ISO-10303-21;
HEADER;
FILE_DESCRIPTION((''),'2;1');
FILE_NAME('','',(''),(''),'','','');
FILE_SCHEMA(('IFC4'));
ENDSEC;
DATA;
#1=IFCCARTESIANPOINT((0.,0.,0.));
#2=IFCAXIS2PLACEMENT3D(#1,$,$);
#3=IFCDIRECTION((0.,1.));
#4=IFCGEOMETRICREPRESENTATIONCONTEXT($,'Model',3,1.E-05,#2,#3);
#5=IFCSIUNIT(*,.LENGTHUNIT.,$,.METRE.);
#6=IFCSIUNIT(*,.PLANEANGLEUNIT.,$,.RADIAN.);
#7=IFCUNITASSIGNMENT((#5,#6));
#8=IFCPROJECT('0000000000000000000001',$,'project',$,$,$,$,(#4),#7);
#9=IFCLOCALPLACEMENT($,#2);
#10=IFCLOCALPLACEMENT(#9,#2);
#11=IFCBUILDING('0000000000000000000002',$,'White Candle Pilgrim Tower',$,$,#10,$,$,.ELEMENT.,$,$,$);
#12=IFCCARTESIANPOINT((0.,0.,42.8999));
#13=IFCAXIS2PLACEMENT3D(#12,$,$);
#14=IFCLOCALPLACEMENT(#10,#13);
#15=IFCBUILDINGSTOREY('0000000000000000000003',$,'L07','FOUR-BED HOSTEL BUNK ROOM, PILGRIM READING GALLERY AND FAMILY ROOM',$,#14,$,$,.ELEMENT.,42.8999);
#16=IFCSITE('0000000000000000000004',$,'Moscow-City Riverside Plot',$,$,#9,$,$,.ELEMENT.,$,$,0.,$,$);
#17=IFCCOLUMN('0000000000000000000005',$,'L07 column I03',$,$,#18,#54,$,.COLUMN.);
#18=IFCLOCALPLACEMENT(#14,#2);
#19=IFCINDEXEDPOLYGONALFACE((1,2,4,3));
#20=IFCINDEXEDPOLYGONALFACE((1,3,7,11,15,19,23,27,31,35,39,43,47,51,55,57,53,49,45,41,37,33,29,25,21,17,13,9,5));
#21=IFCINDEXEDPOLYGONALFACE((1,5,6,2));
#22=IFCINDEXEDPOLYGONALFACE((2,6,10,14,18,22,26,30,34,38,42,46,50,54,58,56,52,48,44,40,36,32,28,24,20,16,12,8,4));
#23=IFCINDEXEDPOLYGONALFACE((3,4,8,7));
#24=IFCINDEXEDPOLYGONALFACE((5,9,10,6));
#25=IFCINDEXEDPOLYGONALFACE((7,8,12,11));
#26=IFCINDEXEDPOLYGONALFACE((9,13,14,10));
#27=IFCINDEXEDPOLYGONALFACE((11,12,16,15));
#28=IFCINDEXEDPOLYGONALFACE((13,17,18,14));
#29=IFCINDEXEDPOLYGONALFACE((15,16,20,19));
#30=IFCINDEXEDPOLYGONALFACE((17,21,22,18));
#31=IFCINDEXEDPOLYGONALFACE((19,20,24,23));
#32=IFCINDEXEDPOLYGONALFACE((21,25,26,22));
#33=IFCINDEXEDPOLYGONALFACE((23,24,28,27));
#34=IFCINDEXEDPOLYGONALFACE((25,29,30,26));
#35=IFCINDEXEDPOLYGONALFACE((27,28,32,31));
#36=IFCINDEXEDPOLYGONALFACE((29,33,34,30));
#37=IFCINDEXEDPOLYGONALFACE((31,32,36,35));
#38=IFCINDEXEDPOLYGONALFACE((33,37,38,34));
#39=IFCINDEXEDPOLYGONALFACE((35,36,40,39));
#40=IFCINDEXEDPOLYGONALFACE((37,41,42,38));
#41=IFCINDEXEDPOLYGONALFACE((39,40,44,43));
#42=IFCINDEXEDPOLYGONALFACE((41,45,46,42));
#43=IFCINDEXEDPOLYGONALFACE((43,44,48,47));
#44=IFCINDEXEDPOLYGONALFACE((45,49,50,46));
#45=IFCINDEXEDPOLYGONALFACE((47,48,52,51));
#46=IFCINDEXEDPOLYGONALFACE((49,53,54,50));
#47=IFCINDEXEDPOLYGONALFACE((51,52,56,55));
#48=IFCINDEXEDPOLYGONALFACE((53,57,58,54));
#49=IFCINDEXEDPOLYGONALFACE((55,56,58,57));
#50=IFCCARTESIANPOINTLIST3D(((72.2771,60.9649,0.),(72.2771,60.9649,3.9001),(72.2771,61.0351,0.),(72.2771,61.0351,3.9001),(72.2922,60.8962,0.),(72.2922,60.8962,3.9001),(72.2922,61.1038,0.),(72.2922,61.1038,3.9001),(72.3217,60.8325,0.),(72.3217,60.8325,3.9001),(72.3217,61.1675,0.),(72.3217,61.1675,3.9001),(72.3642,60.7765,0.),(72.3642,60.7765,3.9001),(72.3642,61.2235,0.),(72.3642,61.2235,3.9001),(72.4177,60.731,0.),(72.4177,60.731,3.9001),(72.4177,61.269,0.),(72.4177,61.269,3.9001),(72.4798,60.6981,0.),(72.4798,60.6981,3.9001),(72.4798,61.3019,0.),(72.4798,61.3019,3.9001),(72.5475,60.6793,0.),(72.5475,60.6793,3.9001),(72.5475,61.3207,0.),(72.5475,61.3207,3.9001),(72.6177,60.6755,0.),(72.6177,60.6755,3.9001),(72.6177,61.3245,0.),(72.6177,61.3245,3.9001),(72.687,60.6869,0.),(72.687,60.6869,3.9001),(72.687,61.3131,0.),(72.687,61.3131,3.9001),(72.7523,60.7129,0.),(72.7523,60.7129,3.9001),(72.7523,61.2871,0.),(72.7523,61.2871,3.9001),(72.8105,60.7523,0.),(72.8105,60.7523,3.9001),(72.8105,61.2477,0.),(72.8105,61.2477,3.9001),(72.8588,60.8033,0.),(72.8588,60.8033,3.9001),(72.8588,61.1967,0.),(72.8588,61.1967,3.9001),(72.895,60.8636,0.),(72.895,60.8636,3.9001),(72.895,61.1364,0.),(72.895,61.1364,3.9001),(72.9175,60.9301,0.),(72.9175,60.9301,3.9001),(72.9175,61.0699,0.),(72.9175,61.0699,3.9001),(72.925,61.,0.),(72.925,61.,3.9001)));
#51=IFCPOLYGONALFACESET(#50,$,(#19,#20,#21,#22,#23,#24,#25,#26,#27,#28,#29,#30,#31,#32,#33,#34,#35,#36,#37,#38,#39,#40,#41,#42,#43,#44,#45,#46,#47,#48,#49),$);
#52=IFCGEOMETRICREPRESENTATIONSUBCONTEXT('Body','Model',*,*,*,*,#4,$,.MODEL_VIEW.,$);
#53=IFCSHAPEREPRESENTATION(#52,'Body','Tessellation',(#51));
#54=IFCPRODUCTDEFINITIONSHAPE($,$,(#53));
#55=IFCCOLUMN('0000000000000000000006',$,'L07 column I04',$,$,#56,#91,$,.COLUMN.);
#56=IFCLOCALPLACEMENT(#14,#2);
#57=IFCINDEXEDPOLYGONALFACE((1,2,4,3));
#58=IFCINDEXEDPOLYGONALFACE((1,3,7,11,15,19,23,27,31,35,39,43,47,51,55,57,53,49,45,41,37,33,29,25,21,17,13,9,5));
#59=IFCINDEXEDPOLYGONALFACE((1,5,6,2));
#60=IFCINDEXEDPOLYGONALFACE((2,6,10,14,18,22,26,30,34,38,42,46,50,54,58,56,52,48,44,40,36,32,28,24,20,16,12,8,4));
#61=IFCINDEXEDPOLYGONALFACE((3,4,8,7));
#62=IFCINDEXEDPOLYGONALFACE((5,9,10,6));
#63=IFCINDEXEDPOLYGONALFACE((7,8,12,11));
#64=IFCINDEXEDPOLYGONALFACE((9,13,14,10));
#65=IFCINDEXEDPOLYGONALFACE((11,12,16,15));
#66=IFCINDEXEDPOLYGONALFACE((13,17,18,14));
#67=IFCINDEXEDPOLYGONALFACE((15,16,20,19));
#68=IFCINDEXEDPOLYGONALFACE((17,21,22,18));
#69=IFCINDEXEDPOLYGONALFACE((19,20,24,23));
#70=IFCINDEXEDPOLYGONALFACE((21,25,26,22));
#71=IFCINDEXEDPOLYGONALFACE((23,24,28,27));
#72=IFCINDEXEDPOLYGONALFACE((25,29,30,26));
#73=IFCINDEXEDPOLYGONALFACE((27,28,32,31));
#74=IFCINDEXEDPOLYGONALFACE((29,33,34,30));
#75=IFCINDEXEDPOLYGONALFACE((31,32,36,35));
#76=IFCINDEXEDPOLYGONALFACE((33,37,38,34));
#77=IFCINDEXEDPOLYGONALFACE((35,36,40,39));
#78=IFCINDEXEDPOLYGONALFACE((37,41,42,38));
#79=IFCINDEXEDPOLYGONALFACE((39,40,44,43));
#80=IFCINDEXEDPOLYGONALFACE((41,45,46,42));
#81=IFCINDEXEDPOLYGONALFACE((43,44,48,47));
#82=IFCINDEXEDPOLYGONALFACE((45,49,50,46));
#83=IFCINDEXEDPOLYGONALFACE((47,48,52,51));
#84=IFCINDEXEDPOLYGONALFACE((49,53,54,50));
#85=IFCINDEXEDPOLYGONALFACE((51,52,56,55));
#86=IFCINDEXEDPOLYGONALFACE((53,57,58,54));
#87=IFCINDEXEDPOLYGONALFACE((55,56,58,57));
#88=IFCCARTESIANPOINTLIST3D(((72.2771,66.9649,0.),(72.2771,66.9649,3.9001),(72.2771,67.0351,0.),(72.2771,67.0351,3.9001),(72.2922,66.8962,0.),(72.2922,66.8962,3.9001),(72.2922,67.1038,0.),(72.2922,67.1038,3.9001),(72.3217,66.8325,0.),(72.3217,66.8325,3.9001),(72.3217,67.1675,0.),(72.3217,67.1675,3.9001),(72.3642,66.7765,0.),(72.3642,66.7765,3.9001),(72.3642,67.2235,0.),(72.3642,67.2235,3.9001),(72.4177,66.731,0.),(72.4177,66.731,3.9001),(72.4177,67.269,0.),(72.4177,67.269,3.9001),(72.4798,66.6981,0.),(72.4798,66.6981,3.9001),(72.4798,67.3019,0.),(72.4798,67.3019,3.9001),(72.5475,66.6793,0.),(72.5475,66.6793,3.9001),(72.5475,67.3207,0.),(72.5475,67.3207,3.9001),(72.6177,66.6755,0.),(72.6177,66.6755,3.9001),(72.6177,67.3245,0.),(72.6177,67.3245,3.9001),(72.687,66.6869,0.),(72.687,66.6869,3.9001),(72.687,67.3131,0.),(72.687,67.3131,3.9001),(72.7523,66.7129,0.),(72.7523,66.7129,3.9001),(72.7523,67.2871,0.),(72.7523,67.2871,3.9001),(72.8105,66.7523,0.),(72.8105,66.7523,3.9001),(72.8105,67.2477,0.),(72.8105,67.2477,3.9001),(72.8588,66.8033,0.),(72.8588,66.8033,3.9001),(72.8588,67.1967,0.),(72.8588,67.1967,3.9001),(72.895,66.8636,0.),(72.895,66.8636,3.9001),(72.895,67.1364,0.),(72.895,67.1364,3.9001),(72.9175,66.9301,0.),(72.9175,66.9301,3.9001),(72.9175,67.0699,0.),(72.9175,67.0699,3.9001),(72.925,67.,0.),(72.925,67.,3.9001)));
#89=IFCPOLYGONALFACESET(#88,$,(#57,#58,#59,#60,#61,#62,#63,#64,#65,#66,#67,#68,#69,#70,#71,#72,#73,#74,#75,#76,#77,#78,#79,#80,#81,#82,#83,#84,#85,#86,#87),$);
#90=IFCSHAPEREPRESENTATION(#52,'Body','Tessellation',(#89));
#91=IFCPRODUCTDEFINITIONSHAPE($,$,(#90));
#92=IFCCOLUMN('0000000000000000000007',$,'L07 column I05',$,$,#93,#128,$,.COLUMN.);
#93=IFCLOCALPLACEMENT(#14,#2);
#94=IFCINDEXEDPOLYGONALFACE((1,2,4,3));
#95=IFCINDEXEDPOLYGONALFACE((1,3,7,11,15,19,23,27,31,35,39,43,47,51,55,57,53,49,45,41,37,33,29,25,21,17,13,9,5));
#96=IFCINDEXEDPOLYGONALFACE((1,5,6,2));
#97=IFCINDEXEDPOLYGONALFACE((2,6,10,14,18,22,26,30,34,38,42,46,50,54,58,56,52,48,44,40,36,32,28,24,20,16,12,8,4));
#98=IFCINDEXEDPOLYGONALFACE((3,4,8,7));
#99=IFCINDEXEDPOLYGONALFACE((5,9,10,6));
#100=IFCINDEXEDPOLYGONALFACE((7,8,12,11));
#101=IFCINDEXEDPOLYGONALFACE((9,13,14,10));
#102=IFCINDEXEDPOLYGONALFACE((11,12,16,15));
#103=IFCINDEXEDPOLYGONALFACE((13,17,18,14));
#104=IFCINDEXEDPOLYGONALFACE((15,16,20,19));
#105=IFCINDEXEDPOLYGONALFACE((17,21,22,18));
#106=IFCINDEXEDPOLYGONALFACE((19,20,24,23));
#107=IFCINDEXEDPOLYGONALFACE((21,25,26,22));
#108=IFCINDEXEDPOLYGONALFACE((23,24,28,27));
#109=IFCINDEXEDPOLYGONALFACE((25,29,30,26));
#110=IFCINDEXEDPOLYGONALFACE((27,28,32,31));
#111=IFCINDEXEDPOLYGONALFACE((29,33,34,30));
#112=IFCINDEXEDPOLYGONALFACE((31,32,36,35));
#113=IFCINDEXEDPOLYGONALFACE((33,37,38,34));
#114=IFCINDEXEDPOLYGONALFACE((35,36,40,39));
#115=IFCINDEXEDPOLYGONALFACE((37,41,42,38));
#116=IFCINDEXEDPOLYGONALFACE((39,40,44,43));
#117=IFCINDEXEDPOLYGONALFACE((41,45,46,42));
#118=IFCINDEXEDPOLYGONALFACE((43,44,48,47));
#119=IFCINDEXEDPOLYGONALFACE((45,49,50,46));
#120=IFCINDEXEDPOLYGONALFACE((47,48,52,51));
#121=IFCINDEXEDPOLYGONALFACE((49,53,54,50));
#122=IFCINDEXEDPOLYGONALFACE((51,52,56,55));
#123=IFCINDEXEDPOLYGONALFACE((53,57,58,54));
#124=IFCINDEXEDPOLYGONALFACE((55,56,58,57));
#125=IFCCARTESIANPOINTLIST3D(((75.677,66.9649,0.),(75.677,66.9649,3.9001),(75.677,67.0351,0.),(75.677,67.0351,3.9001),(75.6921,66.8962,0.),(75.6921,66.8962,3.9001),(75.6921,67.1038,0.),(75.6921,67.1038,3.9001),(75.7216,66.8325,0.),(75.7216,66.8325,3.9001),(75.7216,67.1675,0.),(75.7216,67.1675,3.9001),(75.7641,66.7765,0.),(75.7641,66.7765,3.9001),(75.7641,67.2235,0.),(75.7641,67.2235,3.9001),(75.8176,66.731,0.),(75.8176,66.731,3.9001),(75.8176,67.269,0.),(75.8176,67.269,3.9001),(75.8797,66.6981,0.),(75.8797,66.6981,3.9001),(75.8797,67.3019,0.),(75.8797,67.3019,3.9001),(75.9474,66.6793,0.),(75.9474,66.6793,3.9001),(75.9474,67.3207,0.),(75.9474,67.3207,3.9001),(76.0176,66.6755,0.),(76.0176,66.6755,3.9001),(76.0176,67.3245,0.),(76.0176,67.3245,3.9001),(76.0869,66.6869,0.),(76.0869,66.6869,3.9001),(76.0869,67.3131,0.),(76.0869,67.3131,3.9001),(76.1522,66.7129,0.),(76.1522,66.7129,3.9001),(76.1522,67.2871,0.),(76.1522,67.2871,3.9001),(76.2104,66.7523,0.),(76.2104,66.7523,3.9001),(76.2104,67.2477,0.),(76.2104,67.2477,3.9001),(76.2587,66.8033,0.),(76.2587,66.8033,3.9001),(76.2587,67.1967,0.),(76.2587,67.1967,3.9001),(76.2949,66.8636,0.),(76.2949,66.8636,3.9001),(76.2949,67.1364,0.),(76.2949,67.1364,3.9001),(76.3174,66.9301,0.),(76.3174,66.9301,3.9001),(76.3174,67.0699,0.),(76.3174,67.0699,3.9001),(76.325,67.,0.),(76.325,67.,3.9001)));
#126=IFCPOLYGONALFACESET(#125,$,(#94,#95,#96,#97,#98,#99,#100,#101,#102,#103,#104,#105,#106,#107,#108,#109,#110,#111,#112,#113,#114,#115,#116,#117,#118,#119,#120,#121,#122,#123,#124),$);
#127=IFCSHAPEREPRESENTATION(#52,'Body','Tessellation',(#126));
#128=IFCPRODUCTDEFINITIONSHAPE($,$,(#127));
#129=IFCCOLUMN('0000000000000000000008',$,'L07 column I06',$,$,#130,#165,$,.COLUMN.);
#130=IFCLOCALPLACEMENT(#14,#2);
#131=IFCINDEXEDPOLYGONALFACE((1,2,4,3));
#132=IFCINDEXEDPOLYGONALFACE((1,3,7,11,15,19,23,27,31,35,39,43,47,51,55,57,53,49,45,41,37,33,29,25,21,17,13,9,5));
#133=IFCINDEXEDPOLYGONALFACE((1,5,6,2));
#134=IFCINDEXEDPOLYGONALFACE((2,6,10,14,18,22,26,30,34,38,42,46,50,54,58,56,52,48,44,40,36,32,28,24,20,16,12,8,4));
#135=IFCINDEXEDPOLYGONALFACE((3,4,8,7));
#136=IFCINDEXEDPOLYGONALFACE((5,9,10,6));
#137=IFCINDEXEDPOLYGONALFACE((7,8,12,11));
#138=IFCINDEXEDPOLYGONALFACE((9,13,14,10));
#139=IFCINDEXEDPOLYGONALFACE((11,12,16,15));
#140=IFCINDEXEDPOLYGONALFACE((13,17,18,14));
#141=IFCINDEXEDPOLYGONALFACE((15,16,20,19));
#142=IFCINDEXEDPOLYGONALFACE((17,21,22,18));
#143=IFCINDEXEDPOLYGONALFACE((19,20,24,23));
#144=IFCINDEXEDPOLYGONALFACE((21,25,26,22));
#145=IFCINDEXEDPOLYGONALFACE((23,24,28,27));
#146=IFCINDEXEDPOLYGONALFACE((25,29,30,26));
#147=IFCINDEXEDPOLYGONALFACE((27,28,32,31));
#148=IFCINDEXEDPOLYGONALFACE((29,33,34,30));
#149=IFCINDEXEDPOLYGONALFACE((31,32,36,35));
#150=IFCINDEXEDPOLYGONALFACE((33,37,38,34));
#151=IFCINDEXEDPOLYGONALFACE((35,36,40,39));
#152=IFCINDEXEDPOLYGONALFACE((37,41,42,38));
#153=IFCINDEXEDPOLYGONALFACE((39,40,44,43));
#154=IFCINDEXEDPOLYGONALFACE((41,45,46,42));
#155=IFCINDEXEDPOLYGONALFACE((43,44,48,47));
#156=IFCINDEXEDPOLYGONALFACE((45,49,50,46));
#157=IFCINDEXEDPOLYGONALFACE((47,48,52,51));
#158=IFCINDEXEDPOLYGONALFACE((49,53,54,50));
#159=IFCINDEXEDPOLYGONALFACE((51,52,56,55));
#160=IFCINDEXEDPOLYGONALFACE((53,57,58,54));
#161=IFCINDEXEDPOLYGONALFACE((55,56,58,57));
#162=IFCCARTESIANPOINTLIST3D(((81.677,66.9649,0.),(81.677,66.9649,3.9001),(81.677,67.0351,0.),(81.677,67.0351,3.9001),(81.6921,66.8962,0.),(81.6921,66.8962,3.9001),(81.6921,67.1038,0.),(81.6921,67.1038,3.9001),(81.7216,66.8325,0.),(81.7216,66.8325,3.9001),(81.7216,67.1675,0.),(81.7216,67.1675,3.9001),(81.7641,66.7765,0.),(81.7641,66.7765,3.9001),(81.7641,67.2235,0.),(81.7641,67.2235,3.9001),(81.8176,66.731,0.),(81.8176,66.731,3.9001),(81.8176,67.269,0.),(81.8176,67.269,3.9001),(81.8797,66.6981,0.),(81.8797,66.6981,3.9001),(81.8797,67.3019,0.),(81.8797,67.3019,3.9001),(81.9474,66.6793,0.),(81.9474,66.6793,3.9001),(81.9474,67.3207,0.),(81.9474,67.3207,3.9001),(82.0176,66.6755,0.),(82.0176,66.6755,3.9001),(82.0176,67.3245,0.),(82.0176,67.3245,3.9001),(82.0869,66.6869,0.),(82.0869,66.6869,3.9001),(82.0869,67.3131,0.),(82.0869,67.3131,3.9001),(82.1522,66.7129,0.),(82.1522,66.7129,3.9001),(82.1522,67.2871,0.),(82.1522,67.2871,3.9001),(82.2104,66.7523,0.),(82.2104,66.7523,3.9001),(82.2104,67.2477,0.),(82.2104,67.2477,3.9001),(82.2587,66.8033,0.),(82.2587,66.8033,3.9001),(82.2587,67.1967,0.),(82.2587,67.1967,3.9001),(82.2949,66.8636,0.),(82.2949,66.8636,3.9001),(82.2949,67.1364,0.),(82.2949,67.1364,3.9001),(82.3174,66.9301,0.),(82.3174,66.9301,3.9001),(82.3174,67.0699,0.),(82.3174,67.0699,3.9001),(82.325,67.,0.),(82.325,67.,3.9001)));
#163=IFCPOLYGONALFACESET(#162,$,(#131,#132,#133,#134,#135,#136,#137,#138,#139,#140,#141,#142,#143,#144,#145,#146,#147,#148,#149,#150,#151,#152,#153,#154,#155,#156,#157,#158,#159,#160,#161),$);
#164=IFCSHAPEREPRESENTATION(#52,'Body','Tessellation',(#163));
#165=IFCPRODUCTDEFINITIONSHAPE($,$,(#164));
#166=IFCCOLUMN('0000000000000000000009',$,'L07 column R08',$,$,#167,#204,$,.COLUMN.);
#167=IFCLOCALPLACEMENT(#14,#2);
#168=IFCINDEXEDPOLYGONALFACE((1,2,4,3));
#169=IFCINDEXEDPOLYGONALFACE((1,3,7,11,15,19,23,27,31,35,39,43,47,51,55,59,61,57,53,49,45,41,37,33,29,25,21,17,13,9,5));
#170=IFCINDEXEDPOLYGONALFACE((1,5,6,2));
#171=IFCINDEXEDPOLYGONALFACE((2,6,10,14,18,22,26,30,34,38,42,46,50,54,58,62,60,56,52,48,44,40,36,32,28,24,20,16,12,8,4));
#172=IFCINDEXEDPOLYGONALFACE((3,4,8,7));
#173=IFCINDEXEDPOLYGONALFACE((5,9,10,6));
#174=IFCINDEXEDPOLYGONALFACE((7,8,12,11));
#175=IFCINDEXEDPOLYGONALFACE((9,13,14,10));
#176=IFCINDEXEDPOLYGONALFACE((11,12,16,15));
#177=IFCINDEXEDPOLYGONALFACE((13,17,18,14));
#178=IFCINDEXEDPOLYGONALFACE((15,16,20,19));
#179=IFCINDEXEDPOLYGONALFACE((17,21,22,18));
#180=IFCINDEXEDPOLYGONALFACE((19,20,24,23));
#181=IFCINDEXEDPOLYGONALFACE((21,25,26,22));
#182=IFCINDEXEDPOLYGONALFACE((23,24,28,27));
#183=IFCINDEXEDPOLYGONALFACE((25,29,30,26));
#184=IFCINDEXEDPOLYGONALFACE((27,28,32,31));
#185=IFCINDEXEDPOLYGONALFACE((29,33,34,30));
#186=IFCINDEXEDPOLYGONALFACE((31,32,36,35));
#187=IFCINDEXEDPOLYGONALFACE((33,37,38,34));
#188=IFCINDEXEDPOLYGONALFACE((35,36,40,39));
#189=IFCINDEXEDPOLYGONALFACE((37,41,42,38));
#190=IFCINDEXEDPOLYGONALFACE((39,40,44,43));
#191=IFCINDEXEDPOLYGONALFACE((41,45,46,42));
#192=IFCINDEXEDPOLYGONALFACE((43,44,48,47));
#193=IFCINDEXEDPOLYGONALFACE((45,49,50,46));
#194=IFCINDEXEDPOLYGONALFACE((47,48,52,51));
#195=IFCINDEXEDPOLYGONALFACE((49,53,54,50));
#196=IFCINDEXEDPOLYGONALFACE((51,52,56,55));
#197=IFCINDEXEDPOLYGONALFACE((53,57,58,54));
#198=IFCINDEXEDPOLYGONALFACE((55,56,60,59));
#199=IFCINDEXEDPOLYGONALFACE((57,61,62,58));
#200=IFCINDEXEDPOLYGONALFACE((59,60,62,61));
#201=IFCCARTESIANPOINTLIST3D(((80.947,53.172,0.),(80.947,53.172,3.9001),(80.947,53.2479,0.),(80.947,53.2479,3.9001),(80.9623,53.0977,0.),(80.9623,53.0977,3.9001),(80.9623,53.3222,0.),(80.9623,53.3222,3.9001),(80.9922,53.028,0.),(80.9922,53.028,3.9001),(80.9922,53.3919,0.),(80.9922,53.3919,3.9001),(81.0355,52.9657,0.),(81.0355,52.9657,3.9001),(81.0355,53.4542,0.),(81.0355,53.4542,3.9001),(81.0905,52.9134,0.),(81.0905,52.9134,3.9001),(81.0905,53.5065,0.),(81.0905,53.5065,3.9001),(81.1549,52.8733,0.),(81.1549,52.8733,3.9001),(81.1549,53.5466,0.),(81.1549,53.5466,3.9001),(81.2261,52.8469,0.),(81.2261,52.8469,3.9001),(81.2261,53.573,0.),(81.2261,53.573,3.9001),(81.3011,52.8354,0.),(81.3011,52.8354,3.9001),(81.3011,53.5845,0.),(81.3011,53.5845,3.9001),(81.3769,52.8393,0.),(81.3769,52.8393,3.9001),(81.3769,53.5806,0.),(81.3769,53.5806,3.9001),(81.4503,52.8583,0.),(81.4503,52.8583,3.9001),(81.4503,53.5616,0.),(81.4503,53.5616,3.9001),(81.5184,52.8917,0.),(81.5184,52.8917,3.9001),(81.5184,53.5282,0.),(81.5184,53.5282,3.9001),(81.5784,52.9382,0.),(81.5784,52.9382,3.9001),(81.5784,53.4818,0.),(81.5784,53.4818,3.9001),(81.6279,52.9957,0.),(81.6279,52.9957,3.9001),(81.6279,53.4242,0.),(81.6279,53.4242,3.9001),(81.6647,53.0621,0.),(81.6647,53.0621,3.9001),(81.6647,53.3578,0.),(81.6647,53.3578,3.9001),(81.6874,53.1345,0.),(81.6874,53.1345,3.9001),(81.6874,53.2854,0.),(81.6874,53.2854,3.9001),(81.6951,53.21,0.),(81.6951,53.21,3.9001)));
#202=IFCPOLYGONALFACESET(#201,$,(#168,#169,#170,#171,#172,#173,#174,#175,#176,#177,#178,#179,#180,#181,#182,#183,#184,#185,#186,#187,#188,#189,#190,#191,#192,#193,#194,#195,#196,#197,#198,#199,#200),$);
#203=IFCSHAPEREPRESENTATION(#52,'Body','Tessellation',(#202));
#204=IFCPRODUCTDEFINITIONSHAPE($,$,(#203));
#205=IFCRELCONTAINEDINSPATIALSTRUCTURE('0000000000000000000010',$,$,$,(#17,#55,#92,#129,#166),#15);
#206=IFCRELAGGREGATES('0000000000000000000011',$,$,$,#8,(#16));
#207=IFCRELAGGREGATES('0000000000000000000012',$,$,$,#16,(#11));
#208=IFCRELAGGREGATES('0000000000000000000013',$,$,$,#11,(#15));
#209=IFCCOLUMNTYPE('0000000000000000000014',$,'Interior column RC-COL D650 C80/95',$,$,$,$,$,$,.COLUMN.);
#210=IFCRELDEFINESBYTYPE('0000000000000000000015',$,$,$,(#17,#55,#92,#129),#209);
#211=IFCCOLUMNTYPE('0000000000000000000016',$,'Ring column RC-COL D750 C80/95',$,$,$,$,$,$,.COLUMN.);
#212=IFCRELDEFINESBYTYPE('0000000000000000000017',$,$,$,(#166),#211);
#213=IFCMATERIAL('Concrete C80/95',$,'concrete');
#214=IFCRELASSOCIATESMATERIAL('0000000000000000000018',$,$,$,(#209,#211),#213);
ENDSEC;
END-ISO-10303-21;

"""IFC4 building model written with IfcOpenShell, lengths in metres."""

from ifc_helpers import new_model, si_unit, direction, frame, origin, origin_2d, place, context, subcontext, project, spatial, circle, extrude, material, material_profile, profile_set, type_object, element, save


model = new_model("IFC4")

# Units and contexts
model_context = context("Model", 3, precision=1e-05, world=origin(), true_north=direction((0.0, 1.0)))
body_context = subcontext(model_context, "Body", "Model", "MODEL_VIEW")
ifc_project = project(units=[si_unit("LENGTHUNIT", "METRE"), si_unit("PLANEANGLEUNIT", "RADIAN")], contexts=[model_context])

# Site, building, storey
site_placement = place(None, origin())
site = spatial("IfcSite", under=ifc_project, at=site_placement, Name="Moscow-City Riverside Plot", CompositionType="ELEMENT", RefElevation=0.0)
building_placement = place(site_placement, origin())
building = spatial("IfcBuilding", under=site, at=building_placement, Name="White Candle Pilgrim Tower", CompositionType="ELEMENT")
storey_placement = place(building_placement, frame((0.0, 0.0, 42.8999)))
storey = spatial("IfcBuildingStorey", under=building, at=storey_placement, Name="L07", Description="FOUR-BED HOSTEL BUNK ROOM, PILGRIM READING GALLERY AND FAMILY ROOM", CompositionType="ELEMENT", Elevation=42.8999)

# Columns
ifc_material_1 = material(Name="Concrete C80/95", Category="concrete")
ifc_material_profile_1 = material_profile(ifc_material_1, circle(Radius=0.325, at=origin_2d()), Name="RC-COL D650")
ifc_profile_set_1 = profile_set([ifc_material_profile_1], Name="Concrete C80/95")
column_type_1 = type_object("IfcColumnType", Name="Interior column RC-COL D650 C80/95", PredefinedType="COLUMN", material=ifc_profile_set_1)
for number, where, z_axis, x_axis, name in (
    (1, (72.6001, 61.0, 0.0), (0.0, 0.0, 1.0), (1.0, 0.0, 0.0), "L07 column I03"),
    (2, (72.6001, 67.0, 0.0), (0.0, 0.0, 1.0), (1.0, 0.0, 0.0), "L07 column I04"),
    (3, (76.0, 67.0, 0.0), (0.0, 0.0, 1.0), (1.0, 0.0, 0.0), "L07 column I05"),
    (4, (82.0, 67.0, 0.0), (0.0, 0.0, 1.0), (1.0, 0.0, 0.0), "L07 column I06"),
):
    element("IfcColumn", number, at=place(storey_placement, frame(where, z_axis=z_axis, x_axis=x_axis)), inside=storey, type_object=column_type_1, Name=name, PredefinedType="COLUMN", context=body_context, shape_type="SweptSolid", body=[
        extrude(circle(Radius=0.325, at=origin_2d()), origin(), (0.0, 0.0, 1.0), 3.9001),
    ])
ifc_material_profile_2 = material_profile(ifc_material_1, circle(Radius=0.375, at=origin_2d()), Name="RC-COL D750")
ifc_profile_set_2 = profile_set([ifc_material_profile_2], Name="Concrete C80/95")
column_type_2 = type_object("IfcColumnType", Name="Ring column RC-COL D750 C80/95", PredefinedType="COLUMN", material=ifc_profile_set_2)
column_placement = place(storey_placement, frame((81.3201, 53.21, 0.0), z_axis=(0.0, 0.0, 1.0), x_axis=(1.0, 0.0, 0.0)))
element("IfcColumn", 5, at=column_placement, inside=storey, type_object=column_type_2, Name="L07 column R08", PredefinedType="COLUMN", context=body_context, shape_type="SweptSolid", body=[
    extrude(circle(Radius=0.375, at=origin_2d()), origin(), (0.0, 0.0, 1.0), 3.9001),
])

save(model, "model.ifc")
